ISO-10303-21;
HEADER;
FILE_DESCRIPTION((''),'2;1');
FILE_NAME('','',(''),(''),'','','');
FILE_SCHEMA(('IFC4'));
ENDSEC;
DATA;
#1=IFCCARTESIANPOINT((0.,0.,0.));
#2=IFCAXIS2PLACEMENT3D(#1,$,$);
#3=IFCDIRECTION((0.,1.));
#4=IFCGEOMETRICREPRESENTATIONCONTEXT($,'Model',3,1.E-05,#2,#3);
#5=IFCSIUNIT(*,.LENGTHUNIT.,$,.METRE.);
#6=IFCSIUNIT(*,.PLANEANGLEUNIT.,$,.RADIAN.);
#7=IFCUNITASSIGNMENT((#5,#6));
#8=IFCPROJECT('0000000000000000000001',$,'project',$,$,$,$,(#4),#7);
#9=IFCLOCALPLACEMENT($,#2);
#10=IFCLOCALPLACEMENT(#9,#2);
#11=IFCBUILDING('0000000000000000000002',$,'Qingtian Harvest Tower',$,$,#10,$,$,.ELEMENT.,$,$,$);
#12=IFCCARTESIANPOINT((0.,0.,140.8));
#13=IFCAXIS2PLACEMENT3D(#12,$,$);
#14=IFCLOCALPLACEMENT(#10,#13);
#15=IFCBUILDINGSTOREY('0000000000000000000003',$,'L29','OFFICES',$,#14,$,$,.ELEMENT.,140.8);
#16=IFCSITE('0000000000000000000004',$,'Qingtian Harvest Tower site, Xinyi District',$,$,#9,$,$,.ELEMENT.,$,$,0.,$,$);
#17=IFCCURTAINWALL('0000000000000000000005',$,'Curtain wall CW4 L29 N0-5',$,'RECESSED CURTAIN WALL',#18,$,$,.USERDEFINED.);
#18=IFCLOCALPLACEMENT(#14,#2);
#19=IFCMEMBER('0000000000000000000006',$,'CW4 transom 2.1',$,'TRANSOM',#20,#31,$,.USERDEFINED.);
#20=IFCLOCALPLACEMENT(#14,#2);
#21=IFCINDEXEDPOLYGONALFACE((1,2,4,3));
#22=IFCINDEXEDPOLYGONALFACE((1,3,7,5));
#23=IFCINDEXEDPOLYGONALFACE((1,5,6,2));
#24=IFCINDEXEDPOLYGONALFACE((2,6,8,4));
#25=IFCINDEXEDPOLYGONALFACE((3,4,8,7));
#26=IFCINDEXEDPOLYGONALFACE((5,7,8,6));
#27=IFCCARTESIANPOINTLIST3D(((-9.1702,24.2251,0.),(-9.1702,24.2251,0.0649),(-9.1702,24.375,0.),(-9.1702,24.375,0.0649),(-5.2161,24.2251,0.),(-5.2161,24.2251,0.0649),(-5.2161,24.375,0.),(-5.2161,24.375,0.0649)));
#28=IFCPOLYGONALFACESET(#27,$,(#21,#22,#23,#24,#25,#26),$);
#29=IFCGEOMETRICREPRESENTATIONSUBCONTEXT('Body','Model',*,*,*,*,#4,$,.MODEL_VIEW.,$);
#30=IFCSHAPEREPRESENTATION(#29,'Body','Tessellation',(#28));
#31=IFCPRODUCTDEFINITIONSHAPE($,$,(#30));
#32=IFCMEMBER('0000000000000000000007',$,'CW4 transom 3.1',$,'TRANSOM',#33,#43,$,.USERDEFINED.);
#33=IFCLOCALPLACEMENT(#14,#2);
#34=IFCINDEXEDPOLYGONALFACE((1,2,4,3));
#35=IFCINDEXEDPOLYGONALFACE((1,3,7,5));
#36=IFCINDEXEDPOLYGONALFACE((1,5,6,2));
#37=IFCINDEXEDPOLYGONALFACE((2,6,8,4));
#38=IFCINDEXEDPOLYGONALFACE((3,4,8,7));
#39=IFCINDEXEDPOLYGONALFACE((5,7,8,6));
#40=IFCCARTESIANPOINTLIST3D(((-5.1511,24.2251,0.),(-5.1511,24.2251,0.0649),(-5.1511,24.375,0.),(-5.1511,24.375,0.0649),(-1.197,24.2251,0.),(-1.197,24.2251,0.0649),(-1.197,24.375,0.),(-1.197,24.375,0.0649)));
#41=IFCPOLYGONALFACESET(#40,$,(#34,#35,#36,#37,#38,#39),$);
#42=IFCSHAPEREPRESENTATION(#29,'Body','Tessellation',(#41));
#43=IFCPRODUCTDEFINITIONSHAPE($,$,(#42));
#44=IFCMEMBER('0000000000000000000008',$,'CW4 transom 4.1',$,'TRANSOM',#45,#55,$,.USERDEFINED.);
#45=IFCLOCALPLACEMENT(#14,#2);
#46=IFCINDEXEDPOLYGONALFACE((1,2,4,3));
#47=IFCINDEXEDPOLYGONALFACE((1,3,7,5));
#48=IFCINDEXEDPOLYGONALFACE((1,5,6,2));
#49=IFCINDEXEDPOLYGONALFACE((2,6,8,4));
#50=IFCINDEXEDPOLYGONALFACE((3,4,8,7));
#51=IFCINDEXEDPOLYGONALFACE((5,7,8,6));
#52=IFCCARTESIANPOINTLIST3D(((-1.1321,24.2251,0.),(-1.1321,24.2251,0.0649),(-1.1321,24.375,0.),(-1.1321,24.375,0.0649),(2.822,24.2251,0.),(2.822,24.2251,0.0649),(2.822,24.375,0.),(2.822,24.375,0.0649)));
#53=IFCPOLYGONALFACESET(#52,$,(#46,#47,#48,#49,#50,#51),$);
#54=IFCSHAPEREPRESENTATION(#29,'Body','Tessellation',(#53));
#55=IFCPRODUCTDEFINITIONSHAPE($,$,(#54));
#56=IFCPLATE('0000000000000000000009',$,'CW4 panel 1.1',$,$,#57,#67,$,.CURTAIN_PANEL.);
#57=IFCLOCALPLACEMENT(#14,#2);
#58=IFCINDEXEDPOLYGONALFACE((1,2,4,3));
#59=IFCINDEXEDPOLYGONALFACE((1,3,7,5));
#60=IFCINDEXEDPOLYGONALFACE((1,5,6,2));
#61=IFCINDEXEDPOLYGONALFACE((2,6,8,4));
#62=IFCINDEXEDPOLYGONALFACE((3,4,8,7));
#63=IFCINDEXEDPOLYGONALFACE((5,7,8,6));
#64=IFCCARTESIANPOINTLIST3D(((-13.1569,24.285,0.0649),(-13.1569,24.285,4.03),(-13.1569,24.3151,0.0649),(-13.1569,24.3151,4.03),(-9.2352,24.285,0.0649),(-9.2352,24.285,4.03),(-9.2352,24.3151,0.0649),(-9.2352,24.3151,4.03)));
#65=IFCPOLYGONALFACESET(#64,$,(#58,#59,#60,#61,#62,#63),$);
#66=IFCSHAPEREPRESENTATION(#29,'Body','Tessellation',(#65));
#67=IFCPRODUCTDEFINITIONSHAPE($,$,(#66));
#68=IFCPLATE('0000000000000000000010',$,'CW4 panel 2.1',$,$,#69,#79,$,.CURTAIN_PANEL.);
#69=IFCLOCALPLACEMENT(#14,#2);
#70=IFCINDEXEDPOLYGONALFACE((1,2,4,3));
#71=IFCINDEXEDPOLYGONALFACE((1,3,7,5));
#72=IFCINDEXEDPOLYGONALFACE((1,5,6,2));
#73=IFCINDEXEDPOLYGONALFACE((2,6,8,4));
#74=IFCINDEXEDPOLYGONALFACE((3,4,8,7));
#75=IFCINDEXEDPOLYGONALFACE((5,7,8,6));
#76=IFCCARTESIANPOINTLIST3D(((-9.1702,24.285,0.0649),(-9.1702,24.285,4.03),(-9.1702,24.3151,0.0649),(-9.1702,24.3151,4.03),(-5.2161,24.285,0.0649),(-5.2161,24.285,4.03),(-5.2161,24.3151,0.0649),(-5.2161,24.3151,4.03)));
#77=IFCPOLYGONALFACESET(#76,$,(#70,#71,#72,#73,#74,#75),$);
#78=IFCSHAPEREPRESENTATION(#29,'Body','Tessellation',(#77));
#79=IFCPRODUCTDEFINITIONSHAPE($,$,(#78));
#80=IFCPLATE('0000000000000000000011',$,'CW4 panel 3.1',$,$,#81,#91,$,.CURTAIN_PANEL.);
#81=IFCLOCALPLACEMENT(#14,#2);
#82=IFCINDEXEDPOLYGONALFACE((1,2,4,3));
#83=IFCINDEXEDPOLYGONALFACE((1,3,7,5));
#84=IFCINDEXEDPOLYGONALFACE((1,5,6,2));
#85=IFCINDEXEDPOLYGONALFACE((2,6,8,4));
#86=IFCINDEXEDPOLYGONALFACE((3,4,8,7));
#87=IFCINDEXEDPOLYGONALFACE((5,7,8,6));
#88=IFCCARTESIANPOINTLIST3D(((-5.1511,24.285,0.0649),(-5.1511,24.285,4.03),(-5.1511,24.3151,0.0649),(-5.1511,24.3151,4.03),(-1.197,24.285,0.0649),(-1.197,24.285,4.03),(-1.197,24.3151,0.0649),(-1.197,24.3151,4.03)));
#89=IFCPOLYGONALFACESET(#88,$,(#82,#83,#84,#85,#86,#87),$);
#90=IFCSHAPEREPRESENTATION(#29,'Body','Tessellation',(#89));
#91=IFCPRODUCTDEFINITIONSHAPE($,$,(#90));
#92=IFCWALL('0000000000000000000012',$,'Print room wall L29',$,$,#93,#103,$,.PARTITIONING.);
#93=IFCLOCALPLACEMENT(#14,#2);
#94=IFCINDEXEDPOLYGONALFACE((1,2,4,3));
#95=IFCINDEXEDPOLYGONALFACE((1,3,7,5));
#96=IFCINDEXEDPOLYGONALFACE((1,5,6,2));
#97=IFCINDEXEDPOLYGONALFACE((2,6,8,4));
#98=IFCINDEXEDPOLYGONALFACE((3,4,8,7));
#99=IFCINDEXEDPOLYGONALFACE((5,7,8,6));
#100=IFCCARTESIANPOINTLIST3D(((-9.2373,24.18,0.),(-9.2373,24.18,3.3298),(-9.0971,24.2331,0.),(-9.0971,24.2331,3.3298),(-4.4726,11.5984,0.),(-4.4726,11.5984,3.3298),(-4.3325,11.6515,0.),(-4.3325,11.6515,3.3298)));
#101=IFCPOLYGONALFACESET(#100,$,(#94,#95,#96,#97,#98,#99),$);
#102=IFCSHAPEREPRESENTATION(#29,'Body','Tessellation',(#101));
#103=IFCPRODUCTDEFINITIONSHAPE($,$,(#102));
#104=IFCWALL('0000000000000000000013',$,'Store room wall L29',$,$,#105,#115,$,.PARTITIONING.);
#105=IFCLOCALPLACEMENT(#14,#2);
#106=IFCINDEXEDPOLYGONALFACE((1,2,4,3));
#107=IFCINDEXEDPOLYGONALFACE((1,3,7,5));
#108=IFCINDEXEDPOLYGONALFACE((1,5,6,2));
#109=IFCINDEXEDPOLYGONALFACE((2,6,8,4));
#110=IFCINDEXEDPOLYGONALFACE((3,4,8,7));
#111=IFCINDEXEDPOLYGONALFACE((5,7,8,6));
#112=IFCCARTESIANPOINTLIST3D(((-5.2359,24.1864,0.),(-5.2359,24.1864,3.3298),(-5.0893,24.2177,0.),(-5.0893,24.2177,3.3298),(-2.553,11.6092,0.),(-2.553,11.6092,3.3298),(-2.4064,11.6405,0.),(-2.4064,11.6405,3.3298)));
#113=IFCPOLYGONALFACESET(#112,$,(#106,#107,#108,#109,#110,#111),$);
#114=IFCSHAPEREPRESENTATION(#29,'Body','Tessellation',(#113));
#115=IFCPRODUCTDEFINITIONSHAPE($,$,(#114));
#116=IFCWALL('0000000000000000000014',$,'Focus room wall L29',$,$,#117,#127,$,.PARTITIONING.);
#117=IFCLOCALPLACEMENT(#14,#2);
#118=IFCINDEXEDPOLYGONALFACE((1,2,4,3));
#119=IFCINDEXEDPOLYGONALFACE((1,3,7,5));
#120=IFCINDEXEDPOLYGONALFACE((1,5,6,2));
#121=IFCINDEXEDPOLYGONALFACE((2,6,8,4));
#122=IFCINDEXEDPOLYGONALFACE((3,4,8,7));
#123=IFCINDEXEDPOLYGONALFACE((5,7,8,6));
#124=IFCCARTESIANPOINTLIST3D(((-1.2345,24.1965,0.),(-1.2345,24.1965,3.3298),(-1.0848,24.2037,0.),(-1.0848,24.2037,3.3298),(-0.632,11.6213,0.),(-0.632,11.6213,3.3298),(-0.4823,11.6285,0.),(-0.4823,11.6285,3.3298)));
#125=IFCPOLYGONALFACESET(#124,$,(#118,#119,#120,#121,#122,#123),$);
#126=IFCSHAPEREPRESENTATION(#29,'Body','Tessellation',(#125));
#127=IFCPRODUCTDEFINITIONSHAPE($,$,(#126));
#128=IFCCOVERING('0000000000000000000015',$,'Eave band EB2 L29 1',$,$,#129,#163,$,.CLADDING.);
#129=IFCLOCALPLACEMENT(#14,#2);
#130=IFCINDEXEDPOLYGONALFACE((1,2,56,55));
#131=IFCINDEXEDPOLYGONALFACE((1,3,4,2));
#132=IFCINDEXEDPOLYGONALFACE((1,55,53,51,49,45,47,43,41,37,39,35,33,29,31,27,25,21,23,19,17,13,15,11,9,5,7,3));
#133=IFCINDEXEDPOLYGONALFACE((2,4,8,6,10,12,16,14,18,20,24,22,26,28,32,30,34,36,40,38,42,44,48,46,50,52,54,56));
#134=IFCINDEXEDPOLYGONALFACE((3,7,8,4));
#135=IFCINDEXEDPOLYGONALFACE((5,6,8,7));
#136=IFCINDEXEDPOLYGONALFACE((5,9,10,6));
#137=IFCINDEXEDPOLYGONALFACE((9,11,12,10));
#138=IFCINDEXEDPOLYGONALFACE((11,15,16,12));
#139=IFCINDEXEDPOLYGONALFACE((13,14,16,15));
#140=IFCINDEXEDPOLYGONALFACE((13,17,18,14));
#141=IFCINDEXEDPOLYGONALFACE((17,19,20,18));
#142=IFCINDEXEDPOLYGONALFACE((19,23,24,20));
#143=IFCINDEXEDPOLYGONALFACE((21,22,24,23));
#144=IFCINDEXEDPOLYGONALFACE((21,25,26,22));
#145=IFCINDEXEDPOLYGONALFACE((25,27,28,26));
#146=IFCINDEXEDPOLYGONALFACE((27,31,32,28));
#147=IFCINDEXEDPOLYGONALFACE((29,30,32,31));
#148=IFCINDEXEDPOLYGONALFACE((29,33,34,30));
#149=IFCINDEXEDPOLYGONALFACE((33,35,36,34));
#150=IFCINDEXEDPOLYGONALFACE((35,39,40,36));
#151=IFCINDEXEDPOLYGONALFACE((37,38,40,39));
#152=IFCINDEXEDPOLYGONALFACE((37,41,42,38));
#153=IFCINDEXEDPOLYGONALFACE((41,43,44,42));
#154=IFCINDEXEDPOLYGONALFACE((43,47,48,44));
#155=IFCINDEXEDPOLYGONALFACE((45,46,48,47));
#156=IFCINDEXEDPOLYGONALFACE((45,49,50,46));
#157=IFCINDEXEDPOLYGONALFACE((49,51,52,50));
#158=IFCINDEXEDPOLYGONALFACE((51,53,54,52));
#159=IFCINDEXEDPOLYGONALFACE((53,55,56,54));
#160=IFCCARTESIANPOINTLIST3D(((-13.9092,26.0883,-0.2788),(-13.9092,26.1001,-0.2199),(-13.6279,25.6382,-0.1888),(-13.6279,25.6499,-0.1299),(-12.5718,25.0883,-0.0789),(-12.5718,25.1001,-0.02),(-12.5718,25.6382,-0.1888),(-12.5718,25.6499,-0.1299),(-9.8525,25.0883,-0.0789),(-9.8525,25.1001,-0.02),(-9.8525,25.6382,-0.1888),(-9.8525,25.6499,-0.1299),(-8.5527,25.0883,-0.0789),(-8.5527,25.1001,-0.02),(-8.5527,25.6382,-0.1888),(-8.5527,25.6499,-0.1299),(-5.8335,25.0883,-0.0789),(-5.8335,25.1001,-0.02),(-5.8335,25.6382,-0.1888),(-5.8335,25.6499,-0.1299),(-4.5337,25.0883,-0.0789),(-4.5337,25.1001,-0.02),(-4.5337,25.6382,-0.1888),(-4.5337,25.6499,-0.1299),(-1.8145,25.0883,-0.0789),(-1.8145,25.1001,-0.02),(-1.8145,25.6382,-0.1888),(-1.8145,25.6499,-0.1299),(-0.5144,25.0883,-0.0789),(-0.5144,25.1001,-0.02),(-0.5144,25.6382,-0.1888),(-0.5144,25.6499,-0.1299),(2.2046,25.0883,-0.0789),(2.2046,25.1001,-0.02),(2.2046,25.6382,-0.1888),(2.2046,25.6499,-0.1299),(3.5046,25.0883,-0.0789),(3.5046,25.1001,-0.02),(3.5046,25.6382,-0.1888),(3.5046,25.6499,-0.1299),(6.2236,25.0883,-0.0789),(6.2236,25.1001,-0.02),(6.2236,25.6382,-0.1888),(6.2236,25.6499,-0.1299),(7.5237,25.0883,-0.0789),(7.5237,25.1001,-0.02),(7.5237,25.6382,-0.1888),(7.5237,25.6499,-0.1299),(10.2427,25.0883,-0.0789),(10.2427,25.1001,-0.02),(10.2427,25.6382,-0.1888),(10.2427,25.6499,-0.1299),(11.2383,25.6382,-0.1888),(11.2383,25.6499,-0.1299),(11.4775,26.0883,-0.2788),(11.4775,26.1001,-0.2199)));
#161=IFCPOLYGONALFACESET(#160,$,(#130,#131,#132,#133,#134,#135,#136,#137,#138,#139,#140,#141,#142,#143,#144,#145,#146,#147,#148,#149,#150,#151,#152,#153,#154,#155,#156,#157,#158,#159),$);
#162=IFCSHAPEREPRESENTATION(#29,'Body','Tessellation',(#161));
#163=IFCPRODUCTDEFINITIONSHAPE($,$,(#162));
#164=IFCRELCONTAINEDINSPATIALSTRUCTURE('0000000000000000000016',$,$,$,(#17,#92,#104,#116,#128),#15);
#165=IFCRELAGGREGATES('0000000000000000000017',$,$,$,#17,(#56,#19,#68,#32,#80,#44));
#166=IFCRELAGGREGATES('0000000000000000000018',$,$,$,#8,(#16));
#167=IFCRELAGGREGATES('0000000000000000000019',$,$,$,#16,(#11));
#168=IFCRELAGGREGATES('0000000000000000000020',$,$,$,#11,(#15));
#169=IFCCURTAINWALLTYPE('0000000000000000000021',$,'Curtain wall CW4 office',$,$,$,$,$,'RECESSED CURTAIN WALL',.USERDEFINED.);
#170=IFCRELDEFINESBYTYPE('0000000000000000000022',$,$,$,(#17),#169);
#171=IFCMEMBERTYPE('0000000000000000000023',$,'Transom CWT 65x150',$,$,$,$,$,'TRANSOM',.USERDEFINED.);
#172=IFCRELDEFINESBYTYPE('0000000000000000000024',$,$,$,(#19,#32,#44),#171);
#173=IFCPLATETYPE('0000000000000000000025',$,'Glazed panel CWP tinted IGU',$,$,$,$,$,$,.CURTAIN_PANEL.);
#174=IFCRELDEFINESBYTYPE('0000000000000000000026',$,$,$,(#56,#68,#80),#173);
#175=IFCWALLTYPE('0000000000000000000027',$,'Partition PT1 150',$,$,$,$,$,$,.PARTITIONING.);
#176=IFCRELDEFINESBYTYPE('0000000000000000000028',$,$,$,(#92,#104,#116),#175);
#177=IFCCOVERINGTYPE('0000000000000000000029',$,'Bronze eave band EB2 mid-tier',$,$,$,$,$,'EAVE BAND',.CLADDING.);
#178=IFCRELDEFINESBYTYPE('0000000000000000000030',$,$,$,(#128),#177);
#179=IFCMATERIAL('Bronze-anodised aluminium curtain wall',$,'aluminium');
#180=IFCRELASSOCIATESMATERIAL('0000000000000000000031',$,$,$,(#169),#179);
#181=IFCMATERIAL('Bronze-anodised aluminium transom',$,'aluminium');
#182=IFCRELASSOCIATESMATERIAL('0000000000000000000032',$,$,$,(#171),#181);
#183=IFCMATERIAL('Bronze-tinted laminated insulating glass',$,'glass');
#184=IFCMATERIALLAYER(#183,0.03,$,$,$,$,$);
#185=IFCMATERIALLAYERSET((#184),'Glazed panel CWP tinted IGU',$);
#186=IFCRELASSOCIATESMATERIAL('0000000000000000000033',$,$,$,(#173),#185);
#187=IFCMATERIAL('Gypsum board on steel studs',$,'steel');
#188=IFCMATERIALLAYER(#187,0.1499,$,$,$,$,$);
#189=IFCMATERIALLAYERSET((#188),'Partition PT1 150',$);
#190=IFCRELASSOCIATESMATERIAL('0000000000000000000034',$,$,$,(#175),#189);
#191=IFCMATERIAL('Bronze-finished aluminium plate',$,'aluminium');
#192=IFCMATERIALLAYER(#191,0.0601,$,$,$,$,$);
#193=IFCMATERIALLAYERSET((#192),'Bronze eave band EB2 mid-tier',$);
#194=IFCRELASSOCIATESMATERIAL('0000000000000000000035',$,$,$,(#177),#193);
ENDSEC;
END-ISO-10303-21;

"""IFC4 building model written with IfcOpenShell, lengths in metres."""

from ifc_helpers import new_model, si_unit, direction, frame, frame_2d, origin, origin_2d, place, context, subcontext, project, spatial, polyline, rectangle, outline, extrude, material, layer, layer_set, material_profile, profile_set, type_object, element, aggregate, save


model = new_model("IFC4")

# Units and contexts
model_context = context("Model", 3, precision=1e-05, world=origin(), true_north=direction((0.0, 1.0)))
body_context = subcontext(model_context, "Body", "Model", "MODEL_VIEW")
ifc_project = project(units=[si_unit("LENGTHUNIT", "METRE"), si_unit("PLANEANGLEUNIT", "RADIAN")], contexts=[model_context])

# Site, building, storey
site_placement = place(None, origin())
site = spatial("IfcSite", under=ifc_project, at=site_placement, Name="Qingtian Harvest Tower site, Xinyi District", CompositionType="ELEMENT", RefElevation=0.0)
building_placement = place(site_placement, origin())
building = spatial("IfcBuilding", under=site, at=building_placement, Name="Qingtian Harvest Tower", CompositionType="ELEMENT")
storey_placement = place(building_placement, frame((0.0, 0.0, 140.8)))
storey = spatial("IfcBuildingStorey", under=building, at=storey_placement, Name="L29", Description="OFFICES", CompositionType="ELEMENT", Elevation=140.8)

# Curtain wall
ifc_material_1 = material(Name="Bronze-anodised aluminium curtain wall", Category="aluminium")
curtain_wall_type = type_object("IfcCurtainWallType", Name="Curtain wall CW4 office", ElementType="RECESSED CURTAIN WALL", PredefinedType="USERDEFINED", material=ifc_material_1)
curtain_wall_placement = place(storey_placement, origin())
curtain_wall = element("IfcCurtainWall", 1, at=curtain_wall_placement, inside=storey, type_object=curtain_wall_type, Name="Curtain wall CW4 L29 N0-5", ObjectType="RECESSED CURTAIN WALL", PredefinedType="USERDEFINED")

# Members
ifc_material_2 = material(Name="Bronze-anodised aluminium transom", Category="aluminium")
ifc_material_profile_1 = material_profile(ifc_material_2, rectangle(XDim=0.1499, YDim=0.0649, at=origin_2d()), Name="AL 65x150")
ifc_profile_set_1 = profile_set([ifc_material_profile_1], Name="Bronze-anodised aluminium transom")
member_type_1 = type_object("IfcMemberType", Name="Transom CWT 65x150", ElementType="TRANSOM", PredefinedType="USERDEFINED", material=ifc_profile_set_1)
member_1_placement = place(storey_placement, frame((-9.1702, 24.3, 0.0325), z_axis=(1.0, 0.0, 0.0), x_axis=(0.0, 1.0, 0.0)))
member_1 = element("IfcMember", 2, at=member_1_placement, type_object=member_type_1, Name="CW4 transom 2.1", ObjectType="TRANSOM", PredefinedType="USERDEFINED", context=body_context, shape_type="SweptSolid", body=[
    extrude(rectangle(XDim=0.1499, YDim=0.0649, at=origin_2d()), origin(), (0.0, 0.0, 1.0), 3.9541),
])
member_2_placement = place(storey_placement, frame((-5.1511, 24.3, 0.0325), z_axis=(1.0, 0.0, 0.0), x_axis=(0.0, 1.0, 0.0)))
member_2 = element("IfcMember", 3, at=member_2_placement, type_object=member_type_1, Name="CW4 transom 3.1", ObjectType="TRANSOM", PredefinedType="USERDEFINED", context=body_context, shape_type="SweptSolid", body=[
    extrude(rectangle(XDim=0.1499, YDim=0.0649, at=origin_2d()), origin(), (0.0, 0.0, 1.0), 3.9541),
])
member_3_placement = place(storey_placement, frame((-1.1321, 24.3, 0.0325), z_axis=(1.0, 0.0, 0.0), x_axis=(0.0, 1.0, 0.0)))
member_3 = element("IfcMember", 4, at=member_3_placement, type_object=member_type_1, Name="CW4 transom 4.1", ObjectType="TRANSOM", PredefinedType="USERDEFINED", context=body_context, shape_type="SweptSolid", body=[
    extrude(rectangle(XDim=0.1499, YDim=0.0649, at=origin_2d()), origin(), (0.0, 0.0, 1.0), 3.9541),
])

# Plates
ifc_material_3 = material(Name="Bronze-tinted laminated insulating glass", Category="glass")
ifc_layer_1 = layer(ifc_material_3, 0.03)
ifc_layer_set_1 = layer_set([ifc_layer_1], Name="Glazed panel CWP tinted IGU")
plate_type = type_object("IfcPlateType", Name="Glazed panel CWP tinted IGU", PredefinedType="CURTAIN_PANEL", material=ifc_layer_set_1)
plate_1_placement = place(storey_placement, frame((-11.196, 24.3, 0.0649), z_axis=(0.0, 0.0, 1.0), x_axis=(1.0, 0.0, 0.0)))
plate_1 = element("IfcPlate", 5, at=plate_1_placement, type_object=plate_type, Name="CW4 panel 1.1", PredefinedType="CURTAIN_PANEL", context=body_context, shape_type="SweptSolid", body=[
    extrude(rectangle(XDim=3.9216, YDim=0.03, at=origin_2d()), origin(), (0.0, 0.0, 1.0), 3.9651),
])
plate_2_placement = place(storey_placement, frame((-7.1931, 24.3, 0.0649), z_axis=(0.0, 0.0, 1.0), x_axis=(1.0, 0.0, 0.0)))
plate_2 = element("IfcPlate", 6, at=plate_2_placement, type_object=plate_type, Name="CW4 panel 2.1", PredefinedType="CURTAIN_PANEL", context=body_context, shape_type="SweptSolid", body=[
    extrude(rectangle(XDim=3.9541, YDim=0.03, at=origin_2d()), origin(), (0.0, 0.0, 1.0), 3.9651),
])
plate_3_placement = place(storey_placement, frame((-3.1741, 24.3, 0.0649), z_axis=(0.0, 0.0, 1.0), x_axis=(1.0, 0.0, 0.0)))
plate_3 = element("IfcPlate", 7, at=plate_3_placement, type_object=plate_type, Name="CW4 panel 3.1", PredefinedType="CURTAIN_PANEL", context=body_context, shape_type="SweptSolid", body=[
    extrude(rectangle(XDim=3.9541, YDim=0.03, at=origin_2d()), origin(), (0.0, 0.0, 1.0), 3.9651),
])
aggregate(curtain_wall, [plate_1, member_1, plate_2, member_2, plate_3, member_3])

# Walls
ifc_material_4 = material(Name="Gypsum board on steel studs", Category="steel")
ifc_layer_2 = layer(ifc_material_4, 0.1499)
ifc_layer_set_2 = layer_set([ifc_layer_2], Name="Partition PT1 150")
wall_type = type_object("IfcWallType", Name="Partition PT1 150", PredefinedType="PARTITIONING", material=ifc_layer_set_2)
wall_1_placement = place(storey_placement, frame((-9.1672, 24.2065, 0.0), z_axis=(0.0, 0.0, 1.0), x_axis=(0.354156, -0.935186, 0.0)))
element("IfcWall", 8, at=wall_1_placement, inside=storey, type_object=wall_type, Name="Print room wall L29", PredefinedType="PARTITIONING", context=body_context, shape_type="SweptSolid", body=[
    extrude(rectangle(XDim=13.4536, YDim=0.1499, at=frame_2d((6.7268, 0.0))), origin(), (0.0, 0.0, 1.0), 3.3298),
])
wall_2_placement = place(storey_placement, frame((-5.1626, 24.2021, 0.0), z_axis=(0.0, 0.0, 1.0), x_axis=(0.208619, -0.977997, 0.0)))
element("IfcWall", 9, at=wall_2_placement, inside=storey, type_object=wall_type, Name="Store room wall L29", PredefinedType="PARTITIONING", context=body_context, shape_type="SweptSolid", body=[
    extrude(rectangle(XDim=12.8601, YDim=0.1499, at=frame_2d((6.4302, 0.0))), origin(), (0.0, 0.0, 1.0), 3.3298),
])
wall_3_placement = place(storey_placement, frame((-1.1597, 24.2002, 0.0), z_axis=(0.0, 0.0, 1.0), x_axis=(0.04786, -0.998854, 0.0)))
element("IfcWall", 10, at=wall_3_placement, inside=storey, type_object=wall_type, Name="Focus room wall L29", PredefinedType="PARTITIONING", context=body_context, shape_type="SweptSolid", body=[
    extrude(rectangle(XDim=12.5896, YDim=0.1499, at=frame_2d((6.2949, 0.0))), origin(), (0.0, 0.0, 1.0), 3.3298),
])

# Covering
ifc_material_5 = material(Name="Bronze-finished aluminium plate", Category="aluminium")
ifc_layer_3 = layer(ifc_material_5, 0.0601)
ifc_layer_set_3 = layer_set([ifc_layer_3], Name="Bronze eave band EB2 mid-tier")
covering_type = type_object("IfcCoveringType", Name="Bronze eave band EB2 mid-tier", ElementType="EAVE BAND", PredefinedType="CLADDING", material=ifc_layer_set_3)
covering_placement = place(storey_placement, frame((-12.5718, 25.1001, -0.02), z_axis=(0.0, 0.195999, 0.980604), x_axis=(0.0, 0.980604, -0.195999)))
element("IfcCovering", 11, at=covering_placement, inside=storey, type_object=covering_type, Name="Eave band EB2 L29 1", PredefinedType="CLADDING", context=body_context, shape_type="SweptSolid", body=[
    extrude(outline(polyline([(0.0, 0.0), (0.5607, 0.0), (0.5607, 1.0562), (1.0198, 1.3374), (1.0198, -24.0493), (0.5607, -23.8101), (0.5607, -22.8145), (0.0, -22.8145), (0.0, -20.0955), (0.5607, -20.0955), (0.5607, -18.7954), (0.0, -18.7954), (0.0, -16.0764), (0.5607, -16.0764), (0.5607, -14.7764), (0.0, -14.7764), (0.0, -12.0574), (0.5607, -12.0574), (0.5607, -10.7573), (0.0, -10.7573), (0.0, -8.0381), (0.5607, -8.0381), (0.5607, -6.7383), (0.0, -6.7383), (0.0, -4.019), (0.5607, -4.019), (0.5607, -2.7192), (0.0, -2.7192), (0.0, 0.0)])), origin(), (0.0, 0.0, -1.0), 0.0601),
])

save(model, "model.ifc")
